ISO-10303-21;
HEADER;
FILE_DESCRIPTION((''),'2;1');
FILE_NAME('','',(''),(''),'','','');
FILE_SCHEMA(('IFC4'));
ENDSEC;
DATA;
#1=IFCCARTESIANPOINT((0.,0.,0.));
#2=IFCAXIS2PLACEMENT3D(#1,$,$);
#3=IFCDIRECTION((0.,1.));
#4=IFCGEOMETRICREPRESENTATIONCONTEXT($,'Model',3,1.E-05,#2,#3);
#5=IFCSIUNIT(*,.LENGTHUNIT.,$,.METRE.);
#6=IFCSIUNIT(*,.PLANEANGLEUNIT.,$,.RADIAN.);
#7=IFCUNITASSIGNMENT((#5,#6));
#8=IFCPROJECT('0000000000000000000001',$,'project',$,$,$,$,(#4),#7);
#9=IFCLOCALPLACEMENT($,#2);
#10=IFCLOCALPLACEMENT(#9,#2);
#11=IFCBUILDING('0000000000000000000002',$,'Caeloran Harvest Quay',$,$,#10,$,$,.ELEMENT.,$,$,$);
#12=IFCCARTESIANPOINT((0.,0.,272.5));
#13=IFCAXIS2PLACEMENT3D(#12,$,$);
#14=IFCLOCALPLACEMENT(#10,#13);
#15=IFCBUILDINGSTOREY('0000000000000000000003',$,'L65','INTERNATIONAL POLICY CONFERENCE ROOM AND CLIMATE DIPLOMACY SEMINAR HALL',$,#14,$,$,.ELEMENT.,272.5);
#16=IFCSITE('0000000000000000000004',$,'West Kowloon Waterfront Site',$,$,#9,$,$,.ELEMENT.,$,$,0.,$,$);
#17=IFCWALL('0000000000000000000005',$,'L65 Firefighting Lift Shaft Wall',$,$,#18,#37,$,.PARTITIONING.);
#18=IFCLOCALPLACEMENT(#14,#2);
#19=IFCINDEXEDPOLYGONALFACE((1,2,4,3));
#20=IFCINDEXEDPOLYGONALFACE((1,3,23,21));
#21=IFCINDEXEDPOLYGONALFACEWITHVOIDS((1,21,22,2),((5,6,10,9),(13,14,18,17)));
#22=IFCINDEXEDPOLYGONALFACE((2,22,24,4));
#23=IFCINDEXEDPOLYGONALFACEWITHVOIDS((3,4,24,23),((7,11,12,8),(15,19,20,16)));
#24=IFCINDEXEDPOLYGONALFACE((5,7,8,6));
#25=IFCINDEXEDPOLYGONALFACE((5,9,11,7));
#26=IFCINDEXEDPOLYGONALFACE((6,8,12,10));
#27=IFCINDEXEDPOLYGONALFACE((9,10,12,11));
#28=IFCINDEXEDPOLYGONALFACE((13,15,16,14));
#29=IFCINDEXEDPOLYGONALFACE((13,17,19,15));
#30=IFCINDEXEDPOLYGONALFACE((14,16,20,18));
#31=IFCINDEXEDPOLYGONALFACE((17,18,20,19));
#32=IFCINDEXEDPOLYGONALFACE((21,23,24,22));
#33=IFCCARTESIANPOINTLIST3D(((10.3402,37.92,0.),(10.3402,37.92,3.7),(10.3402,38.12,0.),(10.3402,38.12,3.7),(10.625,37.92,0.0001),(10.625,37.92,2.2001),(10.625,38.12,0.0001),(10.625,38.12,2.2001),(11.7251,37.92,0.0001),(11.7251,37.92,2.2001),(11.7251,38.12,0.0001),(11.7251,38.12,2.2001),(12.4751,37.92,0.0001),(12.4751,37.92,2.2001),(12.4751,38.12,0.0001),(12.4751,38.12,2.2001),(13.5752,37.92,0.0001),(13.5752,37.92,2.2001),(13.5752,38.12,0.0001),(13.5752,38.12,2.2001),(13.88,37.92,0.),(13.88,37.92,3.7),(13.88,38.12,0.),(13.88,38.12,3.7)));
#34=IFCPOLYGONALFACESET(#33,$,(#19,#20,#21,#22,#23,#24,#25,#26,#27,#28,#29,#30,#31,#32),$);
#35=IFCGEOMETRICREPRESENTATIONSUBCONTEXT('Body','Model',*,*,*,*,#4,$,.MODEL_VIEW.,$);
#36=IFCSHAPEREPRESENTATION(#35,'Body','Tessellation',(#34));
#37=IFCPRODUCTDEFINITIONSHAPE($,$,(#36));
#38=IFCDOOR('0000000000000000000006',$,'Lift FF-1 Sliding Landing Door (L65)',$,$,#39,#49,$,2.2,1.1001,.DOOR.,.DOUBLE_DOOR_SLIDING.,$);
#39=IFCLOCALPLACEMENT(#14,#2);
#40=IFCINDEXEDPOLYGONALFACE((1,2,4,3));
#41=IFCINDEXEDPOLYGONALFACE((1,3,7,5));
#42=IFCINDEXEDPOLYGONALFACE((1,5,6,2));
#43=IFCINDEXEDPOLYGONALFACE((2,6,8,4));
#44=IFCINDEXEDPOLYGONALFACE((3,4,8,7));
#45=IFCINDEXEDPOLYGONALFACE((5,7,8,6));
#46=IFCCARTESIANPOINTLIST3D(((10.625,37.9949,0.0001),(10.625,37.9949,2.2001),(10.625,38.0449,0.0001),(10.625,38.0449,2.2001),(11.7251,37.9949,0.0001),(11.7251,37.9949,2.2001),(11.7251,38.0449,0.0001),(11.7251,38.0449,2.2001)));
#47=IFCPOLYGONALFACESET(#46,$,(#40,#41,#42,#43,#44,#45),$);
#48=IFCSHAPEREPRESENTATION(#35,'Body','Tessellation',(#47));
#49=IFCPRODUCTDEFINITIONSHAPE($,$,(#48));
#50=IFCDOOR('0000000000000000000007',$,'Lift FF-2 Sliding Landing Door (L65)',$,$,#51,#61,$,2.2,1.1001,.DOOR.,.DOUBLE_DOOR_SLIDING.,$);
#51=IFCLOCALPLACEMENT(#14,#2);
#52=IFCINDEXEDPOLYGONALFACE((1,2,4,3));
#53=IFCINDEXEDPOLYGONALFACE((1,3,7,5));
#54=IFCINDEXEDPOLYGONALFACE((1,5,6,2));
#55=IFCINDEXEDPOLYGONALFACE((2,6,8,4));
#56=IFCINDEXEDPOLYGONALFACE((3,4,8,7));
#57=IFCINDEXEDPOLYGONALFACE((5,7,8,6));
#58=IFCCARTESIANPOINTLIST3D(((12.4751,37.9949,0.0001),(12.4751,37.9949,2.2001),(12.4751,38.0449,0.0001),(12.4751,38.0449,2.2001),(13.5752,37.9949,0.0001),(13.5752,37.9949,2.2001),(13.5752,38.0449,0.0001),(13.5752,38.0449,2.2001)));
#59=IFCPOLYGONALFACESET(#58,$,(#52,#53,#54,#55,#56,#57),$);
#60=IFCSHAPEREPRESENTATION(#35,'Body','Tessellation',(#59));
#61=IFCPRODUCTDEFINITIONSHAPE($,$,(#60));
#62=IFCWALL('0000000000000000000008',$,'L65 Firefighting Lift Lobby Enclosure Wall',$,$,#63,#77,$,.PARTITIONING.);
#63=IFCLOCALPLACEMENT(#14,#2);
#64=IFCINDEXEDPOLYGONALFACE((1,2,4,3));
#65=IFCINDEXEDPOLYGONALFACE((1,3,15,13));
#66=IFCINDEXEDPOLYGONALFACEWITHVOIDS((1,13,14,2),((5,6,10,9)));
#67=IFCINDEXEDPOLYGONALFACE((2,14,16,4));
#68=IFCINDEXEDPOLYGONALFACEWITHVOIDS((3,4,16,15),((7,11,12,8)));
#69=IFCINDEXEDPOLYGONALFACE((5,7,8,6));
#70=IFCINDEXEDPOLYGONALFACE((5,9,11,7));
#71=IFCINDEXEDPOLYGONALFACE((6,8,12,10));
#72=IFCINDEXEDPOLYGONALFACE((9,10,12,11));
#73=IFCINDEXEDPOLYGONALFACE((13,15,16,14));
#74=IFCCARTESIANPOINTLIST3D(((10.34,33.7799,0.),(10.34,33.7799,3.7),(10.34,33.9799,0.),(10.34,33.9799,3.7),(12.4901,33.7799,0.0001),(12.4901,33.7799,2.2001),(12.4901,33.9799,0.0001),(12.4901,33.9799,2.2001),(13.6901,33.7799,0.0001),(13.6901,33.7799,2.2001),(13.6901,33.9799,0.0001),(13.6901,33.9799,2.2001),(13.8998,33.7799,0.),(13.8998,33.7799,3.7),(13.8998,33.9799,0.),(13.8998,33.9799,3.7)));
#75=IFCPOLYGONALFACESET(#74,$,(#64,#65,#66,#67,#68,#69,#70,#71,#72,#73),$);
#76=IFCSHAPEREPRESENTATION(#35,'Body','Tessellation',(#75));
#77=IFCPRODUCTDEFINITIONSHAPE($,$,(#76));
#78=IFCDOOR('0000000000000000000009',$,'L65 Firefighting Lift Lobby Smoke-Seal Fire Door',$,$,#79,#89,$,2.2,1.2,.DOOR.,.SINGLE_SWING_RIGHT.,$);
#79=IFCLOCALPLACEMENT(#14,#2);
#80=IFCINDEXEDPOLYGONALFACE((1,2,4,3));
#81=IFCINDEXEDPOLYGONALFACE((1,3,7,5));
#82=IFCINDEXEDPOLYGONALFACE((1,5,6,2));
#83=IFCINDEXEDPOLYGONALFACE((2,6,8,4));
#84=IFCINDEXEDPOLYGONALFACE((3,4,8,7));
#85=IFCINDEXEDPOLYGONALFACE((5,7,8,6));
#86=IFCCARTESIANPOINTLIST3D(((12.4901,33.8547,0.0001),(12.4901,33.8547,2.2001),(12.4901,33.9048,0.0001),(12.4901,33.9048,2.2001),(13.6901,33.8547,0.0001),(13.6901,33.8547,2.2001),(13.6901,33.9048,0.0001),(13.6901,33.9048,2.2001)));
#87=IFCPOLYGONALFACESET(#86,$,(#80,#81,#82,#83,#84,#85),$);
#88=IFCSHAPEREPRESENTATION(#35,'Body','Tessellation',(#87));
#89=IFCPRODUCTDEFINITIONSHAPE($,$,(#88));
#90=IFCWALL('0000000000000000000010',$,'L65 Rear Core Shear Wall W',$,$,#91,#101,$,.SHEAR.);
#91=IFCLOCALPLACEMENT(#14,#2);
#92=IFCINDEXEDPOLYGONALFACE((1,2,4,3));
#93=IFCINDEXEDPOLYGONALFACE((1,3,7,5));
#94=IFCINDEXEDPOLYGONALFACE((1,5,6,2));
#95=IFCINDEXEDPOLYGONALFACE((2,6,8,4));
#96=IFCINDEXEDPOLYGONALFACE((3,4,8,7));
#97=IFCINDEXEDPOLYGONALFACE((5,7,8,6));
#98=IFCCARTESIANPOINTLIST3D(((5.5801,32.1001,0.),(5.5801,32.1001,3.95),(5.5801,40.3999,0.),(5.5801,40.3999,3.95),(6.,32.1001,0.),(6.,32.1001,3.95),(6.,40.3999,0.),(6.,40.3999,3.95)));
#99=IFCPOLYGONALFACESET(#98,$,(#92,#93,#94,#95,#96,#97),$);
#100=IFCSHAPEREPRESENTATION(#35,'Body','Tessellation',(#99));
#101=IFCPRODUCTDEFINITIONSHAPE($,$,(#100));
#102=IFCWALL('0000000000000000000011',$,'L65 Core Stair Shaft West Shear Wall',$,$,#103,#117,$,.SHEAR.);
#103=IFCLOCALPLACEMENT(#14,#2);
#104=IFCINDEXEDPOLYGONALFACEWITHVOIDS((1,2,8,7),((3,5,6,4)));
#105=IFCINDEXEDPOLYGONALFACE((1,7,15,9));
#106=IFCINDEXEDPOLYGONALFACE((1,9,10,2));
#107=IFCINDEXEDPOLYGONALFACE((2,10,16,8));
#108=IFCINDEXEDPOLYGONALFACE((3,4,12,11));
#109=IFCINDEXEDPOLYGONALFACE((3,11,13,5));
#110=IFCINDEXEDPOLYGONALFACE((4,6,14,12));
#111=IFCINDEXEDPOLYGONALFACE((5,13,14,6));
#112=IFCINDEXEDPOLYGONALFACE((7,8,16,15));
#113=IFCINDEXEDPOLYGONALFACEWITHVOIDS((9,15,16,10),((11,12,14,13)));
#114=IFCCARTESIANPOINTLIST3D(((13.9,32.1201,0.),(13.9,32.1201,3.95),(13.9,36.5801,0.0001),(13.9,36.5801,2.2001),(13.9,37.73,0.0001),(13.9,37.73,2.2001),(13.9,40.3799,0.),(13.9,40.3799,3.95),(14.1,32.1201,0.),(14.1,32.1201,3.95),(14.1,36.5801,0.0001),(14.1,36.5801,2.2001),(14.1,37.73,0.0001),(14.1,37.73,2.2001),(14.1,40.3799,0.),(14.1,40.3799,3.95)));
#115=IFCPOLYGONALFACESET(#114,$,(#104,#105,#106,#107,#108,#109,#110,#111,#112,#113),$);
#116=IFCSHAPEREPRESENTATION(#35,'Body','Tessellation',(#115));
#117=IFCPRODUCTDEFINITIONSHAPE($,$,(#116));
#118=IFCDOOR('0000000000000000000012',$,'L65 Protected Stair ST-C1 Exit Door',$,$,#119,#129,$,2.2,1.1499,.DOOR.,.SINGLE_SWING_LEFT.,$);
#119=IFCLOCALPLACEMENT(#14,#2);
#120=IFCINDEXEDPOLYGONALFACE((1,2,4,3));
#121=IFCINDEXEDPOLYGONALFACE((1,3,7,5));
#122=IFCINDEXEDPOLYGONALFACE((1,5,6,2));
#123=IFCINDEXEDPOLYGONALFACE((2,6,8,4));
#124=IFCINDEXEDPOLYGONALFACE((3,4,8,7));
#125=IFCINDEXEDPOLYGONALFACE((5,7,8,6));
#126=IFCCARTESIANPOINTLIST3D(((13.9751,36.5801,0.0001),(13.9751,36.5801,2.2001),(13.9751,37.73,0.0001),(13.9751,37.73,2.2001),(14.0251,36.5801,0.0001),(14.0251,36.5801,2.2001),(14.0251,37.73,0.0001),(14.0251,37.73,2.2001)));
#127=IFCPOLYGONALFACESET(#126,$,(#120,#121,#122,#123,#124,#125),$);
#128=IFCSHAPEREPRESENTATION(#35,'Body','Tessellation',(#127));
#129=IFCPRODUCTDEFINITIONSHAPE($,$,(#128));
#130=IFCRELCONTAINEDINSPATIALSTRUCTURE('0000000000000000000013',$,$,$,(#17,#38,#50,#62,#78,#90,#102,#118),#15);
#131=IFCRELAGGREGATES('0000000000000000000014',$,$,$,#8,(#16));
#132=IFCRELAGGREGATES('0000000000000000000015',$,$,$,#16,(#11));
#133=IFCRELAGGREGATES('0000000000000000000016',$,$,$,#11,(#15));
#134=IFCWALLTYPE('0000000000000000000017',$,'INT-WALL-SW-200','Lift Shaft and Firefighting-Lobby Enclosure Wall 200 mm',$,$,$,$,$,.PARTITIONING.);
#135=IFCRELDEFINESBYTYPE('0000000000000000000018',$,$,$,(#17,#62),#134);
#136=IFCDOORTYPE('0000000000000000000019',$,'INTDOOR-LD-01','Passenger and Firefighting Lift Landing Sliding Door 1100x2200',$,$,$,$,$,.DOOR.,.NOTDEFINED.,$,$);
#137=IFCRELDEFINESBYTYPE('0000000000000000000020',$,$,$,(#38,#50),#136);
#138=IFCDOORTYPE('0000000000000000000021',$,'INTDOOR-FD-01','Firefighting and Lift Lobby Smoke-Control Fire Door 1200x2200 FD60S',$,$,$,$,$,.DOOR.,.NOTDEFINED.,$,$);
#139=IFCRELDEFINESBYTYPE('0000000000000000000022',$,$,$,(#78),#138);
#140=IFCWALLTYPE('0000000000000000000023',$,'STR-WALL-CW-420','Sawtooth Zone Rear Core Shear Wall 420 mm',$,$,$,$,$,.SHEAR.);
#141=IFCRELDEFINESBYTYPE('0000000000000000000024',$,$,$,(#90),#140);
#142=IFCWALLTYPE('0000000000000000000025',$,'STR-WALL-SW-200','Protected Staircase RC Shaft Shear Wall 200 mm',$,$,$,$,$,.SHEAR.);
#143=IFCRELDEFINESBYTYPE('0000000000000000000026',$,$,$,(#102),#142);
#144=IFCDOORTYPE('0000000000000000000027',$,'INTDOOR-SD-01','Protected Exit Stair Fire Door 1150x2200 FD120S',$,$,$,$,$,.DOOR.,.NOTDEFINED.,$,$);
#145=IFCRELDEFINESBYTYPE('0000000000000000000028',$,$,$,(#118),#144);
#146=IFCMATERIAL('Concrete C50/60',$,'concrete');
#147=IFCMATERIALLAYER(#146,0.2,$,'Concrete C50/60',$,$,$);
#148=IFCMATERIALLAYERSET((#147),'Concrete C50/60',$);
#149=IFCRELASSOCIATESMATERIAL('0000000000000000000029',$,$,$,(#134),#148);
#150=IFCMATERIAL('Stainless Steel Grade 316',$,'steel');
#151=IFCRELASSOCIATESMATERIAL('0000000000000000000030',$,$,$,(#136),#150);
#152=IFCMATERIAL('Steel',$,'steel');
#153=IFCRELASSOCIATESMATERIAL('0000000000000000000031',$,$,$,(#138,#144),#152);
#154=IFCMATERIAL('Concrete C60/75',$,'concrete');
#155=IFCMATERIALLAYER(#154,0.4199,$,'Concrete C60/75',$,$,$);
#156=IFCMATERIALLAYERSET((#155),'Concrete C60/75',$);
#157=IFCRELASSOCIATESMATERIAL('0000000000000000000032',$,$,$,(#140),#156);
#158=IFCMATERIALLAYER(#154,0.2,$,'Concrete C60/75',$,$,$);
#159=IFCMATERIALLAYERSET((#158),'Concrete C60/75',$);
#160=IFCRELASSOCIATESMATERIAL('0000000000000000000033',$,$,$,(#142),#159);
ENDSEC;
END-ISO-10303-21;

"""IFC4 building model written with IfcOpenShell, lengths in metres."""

from ifc_helpers import new_model, si_unit, direction, frame, frame_2d, origin, place, context, subcontext, project, spatial, rectangle, extrude, material, layer, layer_set, type_object, element, fill, save


model = new_model("IFC4")

# Units and contexts
model_context = context("Model", 3, precision=1e-05, world=origin(), true_north=direction((0.0, 1.0)))
body_context = subcontext(model_context, "Body", "Model", "MODEL_VIEW")
ifc_project = project(units=[si_unit("LENGTHUNIT", "METRE"), si_unit("PLANEANGLEUNIT", "RADIAN")], contexts=[model_context])

# Site, building, storey
site_placement = place(None, origin())
site = spatial("IfcSite", under=ifc_project, at=site_placement, Name="West Kowloon Waterfront Site", CompositionType="ELEMENT", RefElevation=0.0)
building_placement = place(site_placement, origin())
building = spatial("IfcBuilding", under=site, at=building_placement, Name="Caeloran Harvest Quay", CompositionType="ELEMENT")
storey_placement = place(building_placement, frame((0.0, 0.0, 272.5)))
storey = spatial("IfcBuildingStorey", under=building, at=storey_placement, Name="L65", Description="INTERNATIONAL POLICY CONFERENCE ROOM AND CLIMATE DIPLOMACY SEMINAR HALL", CompositionType="ELEMENT", Elevation=272.5)

# Shared definitions
ifc_material_1 = material(Name="Concrete C60/75", Category="concrete")

# Shared definitions
ifc_material_2 = material(Name="Concrete C50/60", Category="concrete")
ifc_layer_1 = layer(ifc_material_2, 0.2, Name="Concrete C50/60")
ifc_layer_set_1 = layer_set([ifc_layer_1], Name="Concrete C50/60")
wall_type_1 = type_object("IfcWallType", Name="INT-WALL-SW-200", Description="Lift Shaft and Firefighting-Lobby Enclosure Wall 200 mm", PredefinedType="PARTITIONING", material=ifc_layer_set_1)
ifc_material_3 = material(Name="Stainless Steel Grade 316", Category="steel")
door_type_1 = type_object("IfcDoorType", Name="INTDOOR-LD-01", Description="Passenger and Firefighting Lift Landing Sliding Door 1100x2200", OperationType="NOTDEFINED", PredefinedType="DOOR", material=ifc_material_3)

# Wall, openings, doors
wall_1_placement = place(storey_placement, frame((10.3401, 38.02, 0.0), z_axis=(0.0, 0.0, 1.0), x_axis=(1.0, 0.0, 0.0)))
wall_1 = element("IfcWall", 1, at=wall_1_placement, inside=storey, type_object=wall_type_1, Name="L65 Firefighting Lift Shaft Wall", PredefinedType="PARTITIONING", context=body_context, shape_type="SweptSolid", body=[
    extrude(rectangle(XDim=3.5398, YDim=0.2, at=frame_2d((1.77, 0.0))), origin(), (0.0, 0.0, 1.0), 3.7),
])
opening_1_placement = place(wall_1_placement, frame((0.2849, 0.0, 0.0)))
opening_1 = element("IfcOpeningElement", 2, at=opening_1_placement, cuts=wall_1, PredefinedType="OPENING", context=body_context, shape_type="SweptSolid", body=[
    extrude(rectangle(XDim=1.1001, YDim=2.2, at=frame_2d((0.55, 1.1001))), frame((0.0, 0.1099, 0.0), z_axis=(0.0, -1.0, 0.0), x_axis=(1.0, 0.0, 0.0)), (0.0, 0.0, 1.0), 0.22),
])
opening_2_placement = place(wall_1_placement, frame((2.135, 0.0, 0.0)))
opening_2 = element("IfcOpeningElement", 3, at=opening_2_placement, cuts=wall_1, PredefinedType="OPENING", context=body_context, shape_type="SweptSolid", body=[
    extrude(rectangle(XDim=1.1001, YDim=2.2, at=frame_2d((0.55, 1.1001))), frame((0.0, 0.1099, 0.0), z_axis=(0.0, -1.0, 0.0), x_axis=(1.0, 0.0, 0.0)), (0.0, 0.0, 1.0), 0.22),
])
door_1_placement = place(opening_1_placement, origin())
door_1 = element("IfcDoor", 4, at=door_1_placement, inside=storey, type_object=door_type_1, Name="Lift FF-1 Sliding Landing Door (L65)", OperationType="DOUBLE_DOOR_SLIDING", OverallHeight=2.2, OverallWidth=1.1001, PredefinedType="DOOR", context=body_context, shape_type="SweptSolid", body=[
    extrude(rectangle(XDim=1.1001, YDim=2.2, at=frame_2d((0.55, 1.1001))), frame((0.0, 0.0249, 0.0), z_axis=(0.0, -1.0, 0.0), x_axis=(1.0, 0.0, 0.0)), (0.0, 0.0, 1.0), 0.05),
])
fill(opening_1, door_1)
door_2_placement = place(opening_2_placement, origin())
door_2 = element("IfcDoor", 5, at=door_2_placement, inside=storey, type_object=door_type_1, Name="Lift FF-2 Sliding Landing Door (L65)", OperationType="DOUBLE_DOOR_SLIDING", OverallHeight=2.2, OverallWidth=1.1001, PredefinedType="DOOR", context=body_context, shape_type="SweptSolid", body=[
    extrude(rectangle(XDim=1.1001, YDim=2.2, at=frame_2d((0.55, 1.1001))), frame((0.0, 0.0249, 0.0), z_axis=(0.0, -1.0, 0.0), x_axis=(1.0, 0.0, 0.0)), (0.0, 0.0, 1.0), 0.05),
])
fill(opening_2, door_2)

# Wall, opening, door
wall_2_placement = place(storey_placement, frame((10.3401, 33.8799, 0.0), z_axis=(0.0, 0.0, 1.0), x_axis=(1.0, 0.0, 0.0)))
wall_2 = element("IfcWall", 6, at=wall_2_placement, inside=storey, type_object=wall_type_1, Name="L65 Firefighting Lift Lobby Enclosure Wall", PredefinedType="PARTITIONING", context=body_context, shape_type="SweptSolid", body=[
    extrude(rectangle(XDim=3.5598, YDim=0.2, at=frame_2d((1.7798, 0.0))), origin(), (0.0, 0.0, 1.0), 3.7),
])
opening_3_placement = place(wall_2_placement, frame((2.1499, 0.0, 0.0)))
opening_3 = element("IfcOpeningElement", 7, at=opening_3_placement, cuts=wall_2, PredefinedType="OPENING", context=body_context, shape_type="SweptSolid", body=[
    extrude(rectangle(XDim=1.2, YDim=2.2, at=frame_2d((0.6001, 1.1001))), frame((0.0, 0.1099, 0.0), z_axis=(0.0, -1.0, 0.0), x_axis=(1.0, 0.0, 0.0)), (0.0, 0.0, 1.0), 0.22),
])
ifc_material_4 = material(Name="Steel", Category="steel")
door_type_2 = type_object("IfcDoorType", Name="INTDOOR-FD-01", Description="Firefighting and Lift Lobby Smoke-Control Fire Door 1200x2200 FD60S", OperationType="NOTDEFINED", PredefinedType="DOOR", material=ifc_material_4)
door_3_placement = place(opening_3_placement, origin())
door_3 = element("IfcDoor", 8, at=door_3_placement, inside=storey, type_object=door_type_2, Name="L65 Firefighting Lift Lobby Smoke-Seal Fire Door", OperationType="SINGLE_SWING_RIGHT", OverallHeight=2.2, OverallWidth=1.2, PredefinedType="DOOR", context=body_context, shape_type="SweptSolid", body=[
    extrude(rectangle(XDim=1.2, YDim=2.2, at=frame_2d((0.6001, 1.1001))), frame((0.0, 0.0249, 0.0), z_axis=(0.0, -1.0, 0.0), x_axis=(1.0, 0.0, 0.0)), (0.0, 0.0, 1.0), 0.05),
])
fill(opening_3, door_3)

# Wall
ifc_layer_2 = layer(ifc_material_1, 0.4199, Name="Concrete C60/75")
ifc_layer_set_2 = layer_set([ifc_layer_2], Name="Concrete C60/75")
wall_type_2 = type_object("IfcWallType", Name="STR-WALL-CW-420", Description="Sawtooth Zone Rear Core Shear Wall 420 mm", PredefinedType="SHEAR", material=ifc_layer_set_2)
wall_3_placement = place(storey_placement, frame((5.79, 32.1001, 0.0), z_axis=(0.0, 0.0, 1.0), x_axis=(0.0, 1.0, 0.0)))
element("IfcWall", 9, at=wall_3_placement, inside=storey, type_object=wall_type_2, Name="L65 Rear Core Shear Wall W", PredefinedType="SHEAR", context=body_context, shape_type="SweptSolid", body=[
    extrude(rectangle(XDim=8.2998, YDim=0.4199, at=frame_2d((4.1499, 0.0))), origin(), (0.0, 0.0, 1.0), 3.95),
])

# Wall, opening, door
ifc_layer_3 = layer(ifc_material_1, 0.2, Name="Concrete C60/75")
ifc_layer_set_3 = layer_set([ifc_layer_3], Name="Concrete C60/75")
wall_type_3 = type_object("IfcWallType", Name="STR-WALL-SW-200", Description="Protected Staircase RC Shaft Shear Wall 200 mm", PredefinedType="SHEAR", material=ifc_layer_set_3)
wall_4_placement = place(storey_placement, frame((14.0, 32.1201, 0.0), z_axis=(0.0, 0.0, 1.0), x_axis=(0.0, 1.0, 0.0)))
wall_4 = element("IfcWall", 10, at=wall_4_placement, inside=storey, type_object=wall_type_3, Name="L65 Core Stair Shaft West Shear Wall", PredefinedType="SHEAR", context=body_context, shape_type="SweptSolid", body=[
    extrude(rectangle(XDim=8.2598, YDim=0.2, at=frame_2d((4.1299, 0.0))), origin(), (0.0, 0.0, 1.0), 3.95),
])
opening_4_placement = place(wall_4_placement, frame((4.46, 0.0, 0.0)))
opening_4 = element("IfcOpeningElement", 11, at=opening_4_placement, cuts=wall_4, PredefinedType="OPENING", context=body_context, shape_type="SweptSolid", body=[
    extrude(rectangle(XDim=1.1499, YDim=2.2, at=frame_2d((0.575, 1.1001))), frame((0.0, 0.1099, 0.0), z_axis=(0.0, -1.0, 0.0), x_axis=(1.0, 0.0, 0.0)), (0.0, 0.0, 1.0), 0.22),
])
door_type_3 = type_object("IfcDoorType", Name="INTDOOR-SD-01", Description="Protected Exit Stair Fire Door 1150x2200 FD120S", OperationType="NOTDEFINED", PredefinedType="DOOR", material=ifc_material_4)
door_4_placement = place(opening_4_placement, origin())
door_4 = element("IfcDoor", 12, at=door_4_placement, inside=storey, type_object=door_type_3, Name="L65 Protected Stair ST-C1 Exit Door", OperationType="SINGLE_SWING_LEFT", OverallHeight=2.2, OverallWidth=1.1499, PredefinedType="DOOR", context=body_context, shape_type="SweptSolid", body=[
    extrude(rectangle(XDim=1.1499, YDim=2.2, at=frame_2d((0.575, 1.1001))), frame((0.0, 0.0249, 0.0), z_axis=(0.0, -1.0, 0.0), x_axis=(1.0, 0.0, 0.0)), (0.0, 0.0, 1.0), 0.05),
])
fill(opening_4, door_4)

save(model, "model.ifc")
